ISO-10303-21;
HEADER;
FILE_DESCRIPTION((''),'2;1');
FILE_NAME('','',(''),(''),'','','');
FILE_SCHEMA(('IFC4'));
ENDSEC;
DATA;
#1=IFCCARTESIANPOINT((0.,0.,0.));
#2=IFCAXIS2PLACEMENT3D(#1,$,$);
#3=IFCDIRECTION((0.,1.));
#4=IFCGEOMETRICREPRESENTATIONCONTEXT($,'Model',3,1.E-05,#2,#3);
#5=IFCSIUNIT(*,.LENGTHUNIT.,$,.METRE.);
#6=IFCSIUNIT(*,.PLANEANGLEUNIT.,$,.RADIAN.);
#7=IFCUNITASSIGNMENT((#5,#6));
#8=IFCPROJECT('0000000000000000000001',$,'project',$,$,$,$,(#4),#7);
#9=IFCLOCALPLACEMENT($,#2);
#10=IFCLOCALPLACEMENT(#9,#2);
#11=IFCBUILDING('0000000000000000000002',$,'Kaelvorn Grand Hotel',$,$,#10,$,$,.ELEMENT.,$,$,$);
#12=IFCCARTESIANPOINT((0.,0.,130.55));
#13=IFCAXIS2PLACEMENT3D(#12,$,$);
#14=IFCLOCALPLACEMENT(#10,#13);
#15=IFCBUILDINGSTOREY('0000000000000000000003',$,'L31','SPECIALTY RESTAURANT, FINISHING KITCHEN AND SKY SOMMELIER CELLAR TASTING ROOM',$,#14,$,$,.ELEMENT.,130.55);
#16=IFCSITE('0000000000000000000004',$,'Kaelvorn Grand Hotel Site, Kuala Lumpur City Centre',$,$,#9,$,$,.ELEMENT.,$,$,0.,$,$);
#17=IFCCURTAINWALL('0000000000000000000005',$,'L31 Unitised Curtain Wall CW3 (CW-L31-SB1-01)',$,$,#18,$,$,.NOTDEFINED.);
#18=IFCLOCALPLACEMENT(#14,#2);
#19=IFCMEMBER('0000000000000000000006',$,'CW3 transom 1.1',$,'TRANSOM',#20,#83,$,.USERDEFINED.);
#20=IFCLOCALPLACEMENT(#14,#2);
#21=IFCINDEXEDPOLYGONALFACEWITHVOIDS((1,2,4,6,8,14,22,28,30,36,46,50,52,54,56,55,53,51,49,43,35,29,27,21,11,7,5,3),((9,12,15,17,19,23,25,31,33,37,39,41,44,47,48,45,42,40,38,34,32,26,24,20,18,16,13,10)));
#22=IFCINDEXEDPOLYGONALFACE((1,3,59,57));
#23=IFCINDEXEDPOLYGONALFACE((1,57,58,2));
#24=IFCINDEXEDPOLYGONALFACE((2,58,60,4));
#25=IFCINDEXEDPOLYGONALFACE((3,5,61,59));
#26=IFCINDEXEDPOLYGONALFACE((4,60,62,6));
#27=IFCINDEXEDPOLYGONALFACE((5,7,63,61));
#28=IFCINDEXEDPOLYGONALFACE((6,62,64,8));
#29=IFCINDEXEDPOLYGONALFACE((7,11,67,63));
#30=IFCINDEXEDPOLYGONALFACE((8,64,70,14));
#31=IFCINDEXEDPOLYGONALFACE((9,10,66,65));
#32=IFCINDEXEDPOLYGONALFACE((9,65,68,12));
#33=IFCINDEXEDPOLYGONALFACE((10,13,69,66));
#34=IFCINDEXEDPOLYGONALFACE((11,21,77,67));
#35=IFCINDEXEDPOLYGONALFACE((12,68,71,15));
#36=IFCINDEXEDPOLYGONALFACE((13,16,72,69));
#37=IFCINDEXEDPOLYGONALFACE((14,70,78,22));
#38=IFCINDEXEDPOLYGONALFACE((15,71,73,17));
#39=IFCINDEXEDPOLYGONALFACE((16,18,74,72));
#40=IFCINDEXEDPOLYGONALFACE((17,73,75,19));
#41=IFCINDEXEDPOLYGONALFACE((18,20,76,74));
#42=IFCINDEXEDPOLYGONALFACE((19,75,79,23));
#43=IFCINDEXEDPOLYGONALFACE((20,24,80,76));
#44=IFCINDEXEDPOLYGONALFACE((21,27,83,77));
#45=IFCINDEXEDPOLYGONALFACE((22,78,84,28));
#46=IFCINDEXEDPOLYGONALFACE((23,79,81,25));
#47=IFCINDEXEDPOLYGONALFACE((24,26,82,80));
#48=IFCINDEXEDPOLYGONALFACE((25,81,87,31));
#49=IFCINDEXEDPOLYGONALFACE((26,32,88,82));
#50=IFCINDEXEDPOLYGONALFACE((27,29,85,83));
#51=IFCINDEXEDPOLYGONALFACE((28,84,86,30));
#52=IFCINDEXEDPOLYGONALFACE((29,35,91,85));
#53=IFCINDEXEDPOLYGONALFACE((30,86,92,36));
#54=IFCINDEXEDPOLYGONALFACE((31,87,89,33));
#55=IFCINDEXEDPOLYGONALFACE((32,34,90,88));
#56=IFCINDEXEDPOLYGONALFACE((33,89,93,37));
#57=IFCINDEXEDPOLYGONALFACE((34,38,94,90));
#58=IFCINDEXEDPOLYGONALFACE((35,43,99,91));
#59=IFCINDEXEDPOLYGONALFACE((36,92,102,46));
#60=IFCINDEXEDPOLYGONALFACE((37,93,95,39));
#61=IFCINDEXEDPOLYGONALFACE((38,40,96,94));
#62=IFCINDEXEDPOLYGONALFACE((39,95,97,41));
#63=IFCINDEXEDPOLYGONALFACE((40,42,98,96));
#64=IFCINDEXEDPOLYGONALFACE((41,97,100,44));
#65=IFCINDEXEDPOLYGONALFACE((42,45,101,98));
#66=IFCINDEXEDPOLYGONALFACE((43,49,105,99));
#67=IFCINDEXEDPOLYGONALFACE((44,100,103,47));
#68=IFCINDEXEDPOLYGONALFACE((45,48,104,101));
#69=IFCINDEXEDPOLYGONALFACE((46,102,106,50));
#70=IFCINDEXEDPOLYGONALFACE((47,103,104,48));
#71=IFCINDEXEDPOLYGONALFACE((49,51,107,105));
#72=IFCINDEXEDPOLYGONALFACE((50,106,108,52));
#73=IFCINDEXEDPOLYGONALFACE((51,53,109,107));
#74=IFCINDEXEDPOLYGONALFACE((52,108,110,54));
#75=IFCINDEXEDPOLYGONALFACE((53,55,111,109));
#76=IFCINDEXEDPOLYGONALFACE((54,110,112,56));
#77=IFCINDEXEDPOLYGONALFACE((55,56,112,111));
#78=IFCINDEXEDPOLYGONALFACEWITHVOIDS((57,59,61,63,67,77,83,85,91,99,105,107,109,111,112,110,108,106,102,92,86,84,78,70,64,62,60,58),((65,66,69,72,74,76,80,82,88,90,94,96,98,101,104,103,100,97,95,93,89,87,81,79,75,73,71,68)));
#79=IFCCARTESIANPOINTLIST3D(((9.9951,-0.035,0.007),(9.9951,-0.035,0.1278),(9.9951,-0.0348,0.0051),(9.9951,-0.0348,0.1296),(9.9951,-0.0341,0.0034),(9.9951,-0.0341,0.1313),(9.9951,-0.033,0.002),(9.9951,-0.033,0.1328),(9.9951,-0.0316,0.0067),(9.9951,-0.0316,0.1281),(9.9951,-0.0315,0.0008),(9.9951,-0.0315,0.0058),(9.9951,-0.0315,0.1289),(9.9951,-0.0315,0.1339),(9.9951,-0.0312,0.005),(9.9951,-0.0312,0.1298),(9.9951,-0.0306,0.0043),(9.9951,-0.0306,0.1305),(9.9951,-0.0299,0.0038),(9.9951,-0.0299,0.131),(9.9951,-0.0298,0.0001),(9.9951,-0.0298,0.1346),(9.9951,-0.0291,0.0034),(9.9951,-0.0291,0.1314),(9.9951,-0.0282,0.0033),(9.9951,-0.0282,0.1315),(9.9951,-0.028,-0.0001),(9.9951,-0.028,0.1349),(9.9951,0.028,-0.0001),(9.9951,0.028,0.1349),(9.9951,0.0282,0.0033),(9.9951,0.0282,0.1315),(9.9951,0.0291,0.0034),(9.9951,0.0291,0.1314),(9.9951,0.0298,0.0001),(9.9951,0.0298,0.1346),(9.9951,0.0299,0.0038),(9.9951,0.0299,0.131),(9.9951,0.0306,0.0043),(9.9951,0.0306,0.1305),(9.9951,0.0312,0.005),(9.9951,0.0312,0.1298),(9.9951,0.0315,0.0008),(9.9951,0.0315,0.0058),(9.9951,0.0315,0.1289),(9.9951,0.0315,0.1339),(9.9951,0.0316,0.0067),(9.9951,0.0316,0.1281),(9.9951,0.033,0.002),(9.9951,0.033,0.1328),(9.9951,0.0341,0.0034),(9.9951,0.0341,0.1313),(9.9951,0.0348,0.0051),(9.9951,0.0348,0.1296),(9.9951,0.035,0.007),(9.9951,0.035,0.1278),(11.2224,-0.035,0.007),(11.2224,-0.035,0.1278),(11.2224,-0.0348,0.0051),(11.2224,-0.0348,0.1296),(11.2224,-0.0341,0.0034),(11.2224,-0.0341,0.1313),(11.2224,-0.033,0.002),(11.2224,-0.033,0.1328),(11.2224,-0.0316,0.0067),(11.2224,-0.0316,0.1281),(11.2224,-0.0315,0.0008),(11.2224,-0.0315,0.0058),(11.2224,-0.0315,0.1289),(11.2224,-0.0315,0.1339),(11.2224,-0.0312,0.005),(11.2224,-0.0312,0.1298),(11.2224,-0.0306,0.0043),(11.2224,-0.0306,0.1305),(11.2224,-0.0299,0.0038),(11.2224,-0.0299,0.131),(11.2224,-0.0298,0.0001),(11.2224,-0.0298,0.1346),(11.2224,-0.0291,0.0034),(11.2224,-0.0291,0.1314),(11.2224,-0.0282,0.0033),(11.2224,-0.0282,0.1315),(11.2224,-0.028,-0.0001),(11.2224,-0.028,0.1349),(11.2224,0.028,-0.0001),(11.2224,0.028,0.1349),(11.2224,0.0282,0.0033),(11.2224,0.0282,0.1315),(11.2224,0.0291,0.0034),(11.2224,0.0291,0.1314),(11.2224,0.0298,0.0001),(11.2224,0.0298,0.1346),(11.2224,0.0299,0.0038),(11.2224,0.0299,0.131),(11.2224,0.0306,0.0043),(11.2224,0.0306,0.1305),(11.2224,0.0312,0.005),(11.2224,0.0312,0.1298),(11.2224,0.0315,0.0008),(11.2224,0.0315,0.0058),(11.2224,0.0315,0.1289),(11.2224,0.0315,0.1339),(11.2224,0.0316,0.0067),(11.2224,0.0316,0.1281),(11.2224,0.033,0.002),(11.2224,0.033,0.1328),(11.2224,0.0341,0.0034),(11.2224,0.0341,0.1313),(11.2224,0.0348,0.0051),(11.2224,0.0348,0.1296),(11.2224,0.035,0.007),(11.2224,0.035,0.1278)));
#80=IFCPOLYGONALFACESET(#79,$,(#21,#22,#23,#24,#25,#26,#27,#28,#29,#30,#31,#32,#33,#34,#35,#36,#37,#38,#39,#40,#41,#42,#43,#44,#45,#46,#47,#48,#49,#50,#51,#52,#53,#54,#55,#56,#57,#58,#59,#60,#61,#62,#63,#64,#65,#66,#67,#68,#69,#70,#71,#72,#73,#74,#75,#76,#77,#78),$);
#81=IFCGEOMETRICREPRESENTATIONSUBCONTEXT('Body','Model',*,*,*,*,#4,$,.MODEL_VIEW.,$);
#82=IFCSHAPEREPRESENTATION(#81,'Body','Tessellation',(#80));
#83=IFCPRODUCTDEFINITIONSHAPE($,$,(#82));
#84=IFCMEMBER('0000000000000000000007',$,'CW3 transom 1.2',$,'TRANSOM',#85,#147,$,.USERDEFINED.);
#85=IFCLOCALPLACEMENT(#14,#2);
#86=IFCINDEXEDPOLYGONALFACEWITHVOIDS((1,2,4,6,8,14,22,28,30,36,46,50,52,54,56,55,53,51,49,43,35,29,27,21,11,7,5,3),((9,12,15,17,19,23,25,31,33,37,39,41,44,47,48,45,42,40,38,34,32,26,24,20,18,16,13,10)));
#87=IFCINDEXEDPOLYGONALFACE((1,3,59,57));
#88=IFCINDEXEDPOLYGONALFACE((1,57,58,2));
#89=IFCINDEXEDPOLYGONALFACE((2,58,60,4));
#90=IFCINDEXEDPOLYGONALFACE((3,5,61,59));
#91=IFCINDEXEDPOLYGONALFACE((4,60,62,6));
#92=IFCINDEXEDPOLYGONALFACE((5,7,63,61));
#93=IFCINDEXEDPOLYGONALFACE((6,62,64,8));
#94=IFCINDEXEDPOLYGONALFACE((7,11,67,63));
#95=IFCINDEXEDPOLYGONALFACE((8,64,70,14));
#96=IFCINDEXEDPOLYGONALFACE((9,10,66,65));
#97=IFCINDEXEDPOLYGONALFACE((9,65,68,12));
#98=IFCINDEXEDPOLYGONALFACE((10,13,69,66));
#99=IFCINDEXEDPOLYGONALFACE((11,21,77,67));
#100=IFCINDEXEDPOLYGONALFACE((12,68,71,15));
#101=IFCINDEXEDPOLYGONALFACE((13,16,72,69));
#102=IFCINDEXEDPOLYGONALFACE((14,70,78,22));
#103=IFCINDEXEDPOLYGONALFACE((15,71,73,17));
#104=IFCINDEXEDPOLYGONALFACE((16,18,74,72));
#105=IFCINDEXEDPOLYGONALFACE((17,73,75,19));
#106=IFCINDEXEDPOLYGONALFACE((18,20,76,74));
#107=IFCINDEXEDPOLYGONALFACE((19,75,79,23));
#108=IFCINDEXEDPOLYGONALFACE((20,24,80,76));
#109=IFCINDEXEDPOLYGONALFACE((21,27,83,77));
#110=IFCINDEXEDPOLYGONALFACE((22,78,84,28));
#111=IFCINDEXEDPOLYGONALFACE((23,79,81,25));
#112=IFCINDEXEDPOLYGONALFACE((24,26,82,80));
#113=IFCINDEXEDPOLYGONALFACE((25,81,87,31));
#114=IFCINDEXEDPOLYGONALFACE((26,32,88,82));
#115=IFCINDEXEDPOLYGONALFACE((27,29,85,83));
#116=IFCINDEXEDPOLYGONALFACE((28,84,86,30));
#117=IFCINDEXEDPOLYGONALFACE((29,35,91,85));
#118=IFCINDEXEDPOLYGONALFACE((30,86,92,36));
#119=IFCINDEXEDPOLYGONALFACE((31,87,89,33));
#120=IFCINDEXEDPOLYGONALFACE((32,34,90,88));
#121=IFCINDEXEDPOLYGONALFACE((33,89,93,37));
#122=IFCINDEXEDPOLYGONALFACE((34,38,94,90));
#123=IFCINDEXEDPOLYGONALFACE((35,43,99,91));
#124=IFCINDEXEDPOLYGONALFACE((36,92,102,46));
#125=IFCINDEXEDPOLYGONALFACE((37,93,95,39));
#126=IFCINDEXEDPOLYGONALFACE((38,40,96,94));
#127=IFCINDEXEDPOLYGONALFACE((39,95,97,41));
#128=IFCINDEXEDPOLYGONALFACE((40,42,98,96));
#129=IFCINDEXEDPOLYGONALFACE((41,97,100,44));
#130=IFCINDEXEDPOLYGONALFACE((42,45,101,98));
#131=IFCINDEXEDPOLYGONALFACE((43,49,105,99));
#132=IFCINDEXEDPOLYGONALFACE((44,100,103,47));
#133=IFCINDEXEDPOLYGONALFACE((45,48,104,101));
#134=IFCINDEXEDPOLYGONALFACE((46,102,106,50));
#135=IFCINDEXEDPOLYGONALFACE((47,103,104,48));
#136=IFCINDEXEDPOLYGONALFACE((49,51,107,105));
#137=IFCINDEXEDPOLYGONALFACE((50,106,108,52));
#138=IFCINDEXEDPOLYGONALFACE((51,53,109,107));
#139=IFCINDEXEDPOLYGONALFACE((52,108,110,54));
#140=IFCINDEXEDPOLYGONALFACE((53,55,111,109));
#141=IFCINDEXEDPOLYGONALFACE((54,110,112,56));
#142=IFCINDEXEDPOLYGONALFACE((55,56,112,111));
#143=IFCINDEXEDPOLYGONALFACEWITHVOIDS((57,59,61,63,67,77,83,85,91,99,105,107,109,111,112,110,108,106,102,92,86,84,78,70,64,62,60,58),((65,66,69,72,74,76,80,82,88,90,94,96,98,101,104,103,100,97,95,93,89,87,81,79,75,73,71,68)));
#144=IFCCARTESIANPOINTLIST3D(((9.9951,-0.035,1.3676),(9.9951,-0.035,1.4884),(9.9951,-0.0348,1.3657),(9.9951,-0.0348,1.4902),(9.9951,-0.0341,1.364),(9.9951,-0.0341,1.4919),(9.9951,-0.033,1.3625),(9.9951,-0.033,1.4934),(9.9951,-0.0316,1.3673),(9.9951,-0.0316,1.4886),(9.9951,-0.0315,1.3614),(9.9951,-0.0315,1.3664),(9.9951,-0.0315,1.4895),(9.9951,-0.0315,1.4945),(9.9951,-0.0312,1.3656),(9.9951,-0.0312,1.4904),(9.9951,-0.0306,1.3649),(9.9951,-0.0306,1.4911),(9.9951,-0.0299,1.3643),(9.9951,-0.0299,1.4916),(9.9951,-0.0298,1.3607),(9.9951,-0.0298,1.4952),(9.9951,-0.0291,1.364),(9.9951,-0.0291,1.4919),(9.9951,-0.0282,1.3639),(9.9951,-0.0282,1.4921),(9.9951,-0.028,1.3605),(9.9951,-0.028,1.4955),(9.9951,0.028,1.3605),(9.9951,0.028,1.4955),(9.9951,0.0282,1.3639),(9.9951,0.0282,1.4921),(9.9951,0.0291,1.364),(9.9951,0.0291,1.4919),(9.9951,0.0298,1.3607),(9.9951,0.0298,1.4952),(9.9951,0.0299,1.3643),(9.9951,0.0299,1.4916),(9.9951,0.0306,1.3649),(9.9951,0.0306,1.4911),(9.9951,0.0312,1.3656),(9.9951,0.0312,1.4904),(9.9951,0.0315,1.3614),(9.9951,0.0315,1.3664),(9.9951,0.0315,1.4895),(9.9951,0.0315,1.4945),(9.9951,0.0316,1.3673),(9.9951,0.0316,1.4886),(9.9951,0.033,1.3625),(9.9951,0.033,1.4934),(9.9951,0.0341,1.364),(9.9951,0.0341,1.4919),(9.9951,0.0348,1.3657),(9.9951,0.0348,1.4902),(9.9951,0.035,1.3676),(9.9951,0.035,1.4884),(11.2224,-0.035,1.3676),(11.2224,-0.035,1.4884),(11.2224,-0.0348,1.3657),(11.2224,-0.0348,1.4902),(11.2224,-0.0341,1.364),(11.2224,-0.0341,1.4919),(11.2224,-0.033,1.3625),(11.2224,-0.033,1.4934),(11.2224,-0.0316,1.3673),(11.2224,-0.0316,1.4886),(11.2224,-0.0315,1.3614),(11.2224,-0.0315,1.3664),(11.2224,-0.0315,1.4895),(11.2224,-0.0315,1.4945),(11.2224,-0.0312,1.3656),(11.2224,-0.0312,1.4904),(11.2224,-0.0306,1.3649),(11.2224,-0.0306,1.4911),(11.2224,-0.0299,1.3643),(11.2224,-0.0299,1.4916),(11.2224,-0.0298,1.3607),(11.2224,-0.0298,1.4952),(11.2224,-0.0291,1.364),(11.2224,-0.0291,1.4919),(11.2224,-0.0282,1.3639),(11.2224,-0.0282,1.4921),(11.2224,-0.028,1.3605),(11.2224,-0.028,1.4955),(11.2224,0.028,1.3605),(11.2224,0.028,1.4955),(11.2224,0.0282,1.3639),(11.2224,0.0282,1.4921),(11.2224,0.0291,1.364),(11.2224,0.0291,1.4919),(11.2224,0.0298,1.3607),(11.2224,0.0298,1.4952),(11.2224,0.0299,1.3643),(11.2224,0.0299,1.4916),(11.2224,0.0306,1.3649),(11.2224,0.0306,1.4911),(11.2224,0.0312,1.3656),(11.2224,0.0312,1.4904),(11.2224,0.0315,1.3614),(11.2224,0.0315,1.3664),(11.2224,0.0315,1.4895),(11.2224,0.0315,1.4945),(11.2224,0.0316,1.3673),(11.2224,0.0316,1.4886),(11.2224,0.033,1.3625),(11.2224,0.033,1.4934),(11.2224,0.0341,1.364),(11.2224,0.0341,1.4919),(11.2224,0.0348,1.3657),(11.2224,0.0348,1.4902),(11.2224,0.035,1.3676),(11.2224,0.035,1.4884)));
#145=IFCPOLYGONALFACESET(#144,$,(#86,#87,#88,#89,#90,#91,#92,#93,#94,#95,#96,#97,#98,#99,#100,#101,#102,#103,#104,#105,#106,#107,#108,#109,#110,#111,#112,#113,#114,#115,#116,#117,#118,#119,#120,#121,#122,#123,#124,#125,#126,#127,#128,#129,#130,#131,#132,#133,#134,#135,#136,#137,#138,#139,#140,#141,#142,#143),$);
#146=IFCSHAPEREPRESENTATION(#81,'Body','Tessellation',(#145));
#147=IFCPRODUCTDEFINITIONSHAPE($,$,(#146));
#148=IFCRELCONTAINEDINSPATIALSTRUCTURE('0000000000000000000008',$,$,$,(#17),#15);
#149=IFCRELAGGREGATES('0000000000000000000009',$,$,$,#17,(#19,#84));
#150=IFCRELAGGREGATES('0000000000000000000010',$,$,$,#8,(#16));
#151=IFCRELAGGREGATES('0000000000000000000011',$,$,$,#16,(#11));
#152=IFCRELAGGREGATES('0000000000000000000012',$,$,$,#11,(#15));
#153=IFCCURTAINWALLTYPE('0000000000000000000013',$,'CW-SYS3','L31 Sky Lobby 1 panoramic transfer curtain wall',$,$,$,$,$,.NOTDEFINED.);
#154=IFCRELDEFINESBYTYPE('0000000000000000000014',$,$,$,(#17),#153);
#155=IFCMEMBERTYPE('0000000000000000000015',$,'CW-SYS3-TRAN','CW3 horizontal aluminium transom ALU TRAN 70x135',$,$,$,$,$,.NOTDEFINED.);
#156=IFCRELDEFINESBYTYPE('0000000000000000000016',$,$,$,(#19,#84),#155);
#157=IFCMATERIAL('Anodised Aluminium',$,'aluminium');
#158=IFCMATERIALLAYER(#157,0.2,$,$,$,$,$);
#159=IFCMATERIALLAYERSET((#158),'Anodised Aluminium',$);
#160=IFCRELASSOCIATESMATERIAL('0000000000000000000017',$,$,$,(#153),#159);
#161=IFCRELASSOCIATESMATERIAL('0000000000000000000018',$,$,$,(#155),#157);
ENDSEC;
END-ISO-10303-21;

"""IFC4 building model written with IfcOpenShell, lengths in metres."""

from ifc_helpers import new_model, si_unit, direction, frame, origin, origin_2d, place, context, subcontext, project, spatial, hollow_rectangle, extrude, material, layer, layer_set, material_profile, profile_set, type_object, element, aggregate, save


model = new_model("IFC4")

# Units and contexts
model_context = context("Model", 3, precision=1e-05, world=origin(), true_north=direction((0.0, 1.0)))
body_context = subcontext(model_context, "Body", "Model", "MODEL_VIEW")
ifc_project = project(units=[si_unit("LENGTHUNIT", "METRE"), si_unit("PLANEANGLEUNIT", "RADIAN")], contexts=[model_context])

# Site, building, storey
site_placement = place(None, origin())
site = spatial("IfcSite", under=ifc_project, at=site_placement, Name="Kaelvorn Grand Hotel Site, Kuala Lumpur City Centre", CompositionType="ELEMENT", RefElevation=0.0)
building_placement = place(site_placement, origin())
building = spatial("IfcBuilding", under=site, at=building_placement, Name="Kaelvorn Grand Hotel", CompositionType="ELEMENT")
storey_placement = place(building_placement, frame((0.0, 0.0, 130.55)))
storey = spatial("IfcBuildingStorey", under=building, at=storey_placement, Name="L31", Description="SPECIALTY RESTAURANT, FINISHING KITCHEN AND SKY SOMMELIER CELLAR TASTING ROOM", CompositionType="ELEMENT", Elevation=130.55)

# Curtain wall, members
ifc_material_1 = material(Name="Anodised Aluminium", Category="aluminium")
ifc_layer_1 = layer(ifc_material_1, 0.2)
ifc_layer_set_1 = layer_set([ifc_layer_1], Name="Anodised Aluminium")
curtain_wall_type = type_object("IfcCurtainWallType", Name="CW-SYS3", Description="L31 Sky Lobby 1 panoramic transfer curtain wall", PredefinedType="NOTDEFINED", material=ifc_layer_set_1)
curtain_wall_placement = place(storey_placement, origin())
curtain_wall = element("IfcCurtainWall", 1, at=curtain_wall_placement, inside=storey, type_object=curtain_wall_type, Name="L31 Unitised Curtain Wall CW3 (CW-L31-SB1-01)", PredefinedType="NOTDEFINED")
ifc_material_profile_1 = material_profile(ifc_material_1, hollow_rectangle(XDim=0.0701, YDim=0.135, WallThickness=0.0034, InnerFilletRadius=0.0034, OuterFilletRadius=0.0071, at=origin_2d()), Name="ALU TRAN 70x135")
ifc_profile_set_1 = profile_set([ifc_material_profile_1], Name="Anodised Aluminium")
member_type_1 = type_object("IfcMemberType", Name="CW-SYS3-TRAN", Description="CW3 horizontal aluminium transom ALU TRAN 70x135", PredefinedType="NOTDEFINED", material=ifc_profile_set_1)
member_1_placement = place(storey_placement, frame((9.9951, 0.0, 0.0674), z_axis=(1.0, 0.0, 0.0), x_axis=(0.0, 1.0, 0.0)))
member_1 = element("IfcMember", 2, at=member_1_placement, type_object=member_type_1, Name="CW3 transom 1.1", ObjectType="TRANSOM", PredefinedType="USERDEFINED", context=body_context, shape_type="SweptSolid", body=[
    extrude(hollow_rectangle(XDim=0.0701, YDim=0.135, WallThickness=0.0034, InnerFilletRadius=0.0034, OuterFilletRadius=0.0071, at=origin_2d()), origin(), (0.0, 0.0, 1.0), 1.2273),
])
member_2_placement = place(storey_placement, frame((9.9951, 0.0, 1.428), z_axis=(1.0, 0.0, 0.0), x_axis=(0.0, 1.0, 0.0)))
member_2 = element("IfcMember", 3, at=member_2_placement, type_object=member_type_1, Name="CW3 transom 1.2", ObjectType="TRANSOM", PredefinedType="USERDEFINED", context=body_context, shape_type="SweptSolid", body=[
    extrude(hollow_rectangle(XDim=0.0701, YDim=0.135, WallThickness=0.0034, InnerFilletRadius=0.0034, OuterFilletRadius=0.0071, at=origin_2d()), origin(), (0.0, 0.0, 1.0), 1.2273),
])
aggregate(curtain_wall, [member_1, member_2])

save(model, "model.ifc")
